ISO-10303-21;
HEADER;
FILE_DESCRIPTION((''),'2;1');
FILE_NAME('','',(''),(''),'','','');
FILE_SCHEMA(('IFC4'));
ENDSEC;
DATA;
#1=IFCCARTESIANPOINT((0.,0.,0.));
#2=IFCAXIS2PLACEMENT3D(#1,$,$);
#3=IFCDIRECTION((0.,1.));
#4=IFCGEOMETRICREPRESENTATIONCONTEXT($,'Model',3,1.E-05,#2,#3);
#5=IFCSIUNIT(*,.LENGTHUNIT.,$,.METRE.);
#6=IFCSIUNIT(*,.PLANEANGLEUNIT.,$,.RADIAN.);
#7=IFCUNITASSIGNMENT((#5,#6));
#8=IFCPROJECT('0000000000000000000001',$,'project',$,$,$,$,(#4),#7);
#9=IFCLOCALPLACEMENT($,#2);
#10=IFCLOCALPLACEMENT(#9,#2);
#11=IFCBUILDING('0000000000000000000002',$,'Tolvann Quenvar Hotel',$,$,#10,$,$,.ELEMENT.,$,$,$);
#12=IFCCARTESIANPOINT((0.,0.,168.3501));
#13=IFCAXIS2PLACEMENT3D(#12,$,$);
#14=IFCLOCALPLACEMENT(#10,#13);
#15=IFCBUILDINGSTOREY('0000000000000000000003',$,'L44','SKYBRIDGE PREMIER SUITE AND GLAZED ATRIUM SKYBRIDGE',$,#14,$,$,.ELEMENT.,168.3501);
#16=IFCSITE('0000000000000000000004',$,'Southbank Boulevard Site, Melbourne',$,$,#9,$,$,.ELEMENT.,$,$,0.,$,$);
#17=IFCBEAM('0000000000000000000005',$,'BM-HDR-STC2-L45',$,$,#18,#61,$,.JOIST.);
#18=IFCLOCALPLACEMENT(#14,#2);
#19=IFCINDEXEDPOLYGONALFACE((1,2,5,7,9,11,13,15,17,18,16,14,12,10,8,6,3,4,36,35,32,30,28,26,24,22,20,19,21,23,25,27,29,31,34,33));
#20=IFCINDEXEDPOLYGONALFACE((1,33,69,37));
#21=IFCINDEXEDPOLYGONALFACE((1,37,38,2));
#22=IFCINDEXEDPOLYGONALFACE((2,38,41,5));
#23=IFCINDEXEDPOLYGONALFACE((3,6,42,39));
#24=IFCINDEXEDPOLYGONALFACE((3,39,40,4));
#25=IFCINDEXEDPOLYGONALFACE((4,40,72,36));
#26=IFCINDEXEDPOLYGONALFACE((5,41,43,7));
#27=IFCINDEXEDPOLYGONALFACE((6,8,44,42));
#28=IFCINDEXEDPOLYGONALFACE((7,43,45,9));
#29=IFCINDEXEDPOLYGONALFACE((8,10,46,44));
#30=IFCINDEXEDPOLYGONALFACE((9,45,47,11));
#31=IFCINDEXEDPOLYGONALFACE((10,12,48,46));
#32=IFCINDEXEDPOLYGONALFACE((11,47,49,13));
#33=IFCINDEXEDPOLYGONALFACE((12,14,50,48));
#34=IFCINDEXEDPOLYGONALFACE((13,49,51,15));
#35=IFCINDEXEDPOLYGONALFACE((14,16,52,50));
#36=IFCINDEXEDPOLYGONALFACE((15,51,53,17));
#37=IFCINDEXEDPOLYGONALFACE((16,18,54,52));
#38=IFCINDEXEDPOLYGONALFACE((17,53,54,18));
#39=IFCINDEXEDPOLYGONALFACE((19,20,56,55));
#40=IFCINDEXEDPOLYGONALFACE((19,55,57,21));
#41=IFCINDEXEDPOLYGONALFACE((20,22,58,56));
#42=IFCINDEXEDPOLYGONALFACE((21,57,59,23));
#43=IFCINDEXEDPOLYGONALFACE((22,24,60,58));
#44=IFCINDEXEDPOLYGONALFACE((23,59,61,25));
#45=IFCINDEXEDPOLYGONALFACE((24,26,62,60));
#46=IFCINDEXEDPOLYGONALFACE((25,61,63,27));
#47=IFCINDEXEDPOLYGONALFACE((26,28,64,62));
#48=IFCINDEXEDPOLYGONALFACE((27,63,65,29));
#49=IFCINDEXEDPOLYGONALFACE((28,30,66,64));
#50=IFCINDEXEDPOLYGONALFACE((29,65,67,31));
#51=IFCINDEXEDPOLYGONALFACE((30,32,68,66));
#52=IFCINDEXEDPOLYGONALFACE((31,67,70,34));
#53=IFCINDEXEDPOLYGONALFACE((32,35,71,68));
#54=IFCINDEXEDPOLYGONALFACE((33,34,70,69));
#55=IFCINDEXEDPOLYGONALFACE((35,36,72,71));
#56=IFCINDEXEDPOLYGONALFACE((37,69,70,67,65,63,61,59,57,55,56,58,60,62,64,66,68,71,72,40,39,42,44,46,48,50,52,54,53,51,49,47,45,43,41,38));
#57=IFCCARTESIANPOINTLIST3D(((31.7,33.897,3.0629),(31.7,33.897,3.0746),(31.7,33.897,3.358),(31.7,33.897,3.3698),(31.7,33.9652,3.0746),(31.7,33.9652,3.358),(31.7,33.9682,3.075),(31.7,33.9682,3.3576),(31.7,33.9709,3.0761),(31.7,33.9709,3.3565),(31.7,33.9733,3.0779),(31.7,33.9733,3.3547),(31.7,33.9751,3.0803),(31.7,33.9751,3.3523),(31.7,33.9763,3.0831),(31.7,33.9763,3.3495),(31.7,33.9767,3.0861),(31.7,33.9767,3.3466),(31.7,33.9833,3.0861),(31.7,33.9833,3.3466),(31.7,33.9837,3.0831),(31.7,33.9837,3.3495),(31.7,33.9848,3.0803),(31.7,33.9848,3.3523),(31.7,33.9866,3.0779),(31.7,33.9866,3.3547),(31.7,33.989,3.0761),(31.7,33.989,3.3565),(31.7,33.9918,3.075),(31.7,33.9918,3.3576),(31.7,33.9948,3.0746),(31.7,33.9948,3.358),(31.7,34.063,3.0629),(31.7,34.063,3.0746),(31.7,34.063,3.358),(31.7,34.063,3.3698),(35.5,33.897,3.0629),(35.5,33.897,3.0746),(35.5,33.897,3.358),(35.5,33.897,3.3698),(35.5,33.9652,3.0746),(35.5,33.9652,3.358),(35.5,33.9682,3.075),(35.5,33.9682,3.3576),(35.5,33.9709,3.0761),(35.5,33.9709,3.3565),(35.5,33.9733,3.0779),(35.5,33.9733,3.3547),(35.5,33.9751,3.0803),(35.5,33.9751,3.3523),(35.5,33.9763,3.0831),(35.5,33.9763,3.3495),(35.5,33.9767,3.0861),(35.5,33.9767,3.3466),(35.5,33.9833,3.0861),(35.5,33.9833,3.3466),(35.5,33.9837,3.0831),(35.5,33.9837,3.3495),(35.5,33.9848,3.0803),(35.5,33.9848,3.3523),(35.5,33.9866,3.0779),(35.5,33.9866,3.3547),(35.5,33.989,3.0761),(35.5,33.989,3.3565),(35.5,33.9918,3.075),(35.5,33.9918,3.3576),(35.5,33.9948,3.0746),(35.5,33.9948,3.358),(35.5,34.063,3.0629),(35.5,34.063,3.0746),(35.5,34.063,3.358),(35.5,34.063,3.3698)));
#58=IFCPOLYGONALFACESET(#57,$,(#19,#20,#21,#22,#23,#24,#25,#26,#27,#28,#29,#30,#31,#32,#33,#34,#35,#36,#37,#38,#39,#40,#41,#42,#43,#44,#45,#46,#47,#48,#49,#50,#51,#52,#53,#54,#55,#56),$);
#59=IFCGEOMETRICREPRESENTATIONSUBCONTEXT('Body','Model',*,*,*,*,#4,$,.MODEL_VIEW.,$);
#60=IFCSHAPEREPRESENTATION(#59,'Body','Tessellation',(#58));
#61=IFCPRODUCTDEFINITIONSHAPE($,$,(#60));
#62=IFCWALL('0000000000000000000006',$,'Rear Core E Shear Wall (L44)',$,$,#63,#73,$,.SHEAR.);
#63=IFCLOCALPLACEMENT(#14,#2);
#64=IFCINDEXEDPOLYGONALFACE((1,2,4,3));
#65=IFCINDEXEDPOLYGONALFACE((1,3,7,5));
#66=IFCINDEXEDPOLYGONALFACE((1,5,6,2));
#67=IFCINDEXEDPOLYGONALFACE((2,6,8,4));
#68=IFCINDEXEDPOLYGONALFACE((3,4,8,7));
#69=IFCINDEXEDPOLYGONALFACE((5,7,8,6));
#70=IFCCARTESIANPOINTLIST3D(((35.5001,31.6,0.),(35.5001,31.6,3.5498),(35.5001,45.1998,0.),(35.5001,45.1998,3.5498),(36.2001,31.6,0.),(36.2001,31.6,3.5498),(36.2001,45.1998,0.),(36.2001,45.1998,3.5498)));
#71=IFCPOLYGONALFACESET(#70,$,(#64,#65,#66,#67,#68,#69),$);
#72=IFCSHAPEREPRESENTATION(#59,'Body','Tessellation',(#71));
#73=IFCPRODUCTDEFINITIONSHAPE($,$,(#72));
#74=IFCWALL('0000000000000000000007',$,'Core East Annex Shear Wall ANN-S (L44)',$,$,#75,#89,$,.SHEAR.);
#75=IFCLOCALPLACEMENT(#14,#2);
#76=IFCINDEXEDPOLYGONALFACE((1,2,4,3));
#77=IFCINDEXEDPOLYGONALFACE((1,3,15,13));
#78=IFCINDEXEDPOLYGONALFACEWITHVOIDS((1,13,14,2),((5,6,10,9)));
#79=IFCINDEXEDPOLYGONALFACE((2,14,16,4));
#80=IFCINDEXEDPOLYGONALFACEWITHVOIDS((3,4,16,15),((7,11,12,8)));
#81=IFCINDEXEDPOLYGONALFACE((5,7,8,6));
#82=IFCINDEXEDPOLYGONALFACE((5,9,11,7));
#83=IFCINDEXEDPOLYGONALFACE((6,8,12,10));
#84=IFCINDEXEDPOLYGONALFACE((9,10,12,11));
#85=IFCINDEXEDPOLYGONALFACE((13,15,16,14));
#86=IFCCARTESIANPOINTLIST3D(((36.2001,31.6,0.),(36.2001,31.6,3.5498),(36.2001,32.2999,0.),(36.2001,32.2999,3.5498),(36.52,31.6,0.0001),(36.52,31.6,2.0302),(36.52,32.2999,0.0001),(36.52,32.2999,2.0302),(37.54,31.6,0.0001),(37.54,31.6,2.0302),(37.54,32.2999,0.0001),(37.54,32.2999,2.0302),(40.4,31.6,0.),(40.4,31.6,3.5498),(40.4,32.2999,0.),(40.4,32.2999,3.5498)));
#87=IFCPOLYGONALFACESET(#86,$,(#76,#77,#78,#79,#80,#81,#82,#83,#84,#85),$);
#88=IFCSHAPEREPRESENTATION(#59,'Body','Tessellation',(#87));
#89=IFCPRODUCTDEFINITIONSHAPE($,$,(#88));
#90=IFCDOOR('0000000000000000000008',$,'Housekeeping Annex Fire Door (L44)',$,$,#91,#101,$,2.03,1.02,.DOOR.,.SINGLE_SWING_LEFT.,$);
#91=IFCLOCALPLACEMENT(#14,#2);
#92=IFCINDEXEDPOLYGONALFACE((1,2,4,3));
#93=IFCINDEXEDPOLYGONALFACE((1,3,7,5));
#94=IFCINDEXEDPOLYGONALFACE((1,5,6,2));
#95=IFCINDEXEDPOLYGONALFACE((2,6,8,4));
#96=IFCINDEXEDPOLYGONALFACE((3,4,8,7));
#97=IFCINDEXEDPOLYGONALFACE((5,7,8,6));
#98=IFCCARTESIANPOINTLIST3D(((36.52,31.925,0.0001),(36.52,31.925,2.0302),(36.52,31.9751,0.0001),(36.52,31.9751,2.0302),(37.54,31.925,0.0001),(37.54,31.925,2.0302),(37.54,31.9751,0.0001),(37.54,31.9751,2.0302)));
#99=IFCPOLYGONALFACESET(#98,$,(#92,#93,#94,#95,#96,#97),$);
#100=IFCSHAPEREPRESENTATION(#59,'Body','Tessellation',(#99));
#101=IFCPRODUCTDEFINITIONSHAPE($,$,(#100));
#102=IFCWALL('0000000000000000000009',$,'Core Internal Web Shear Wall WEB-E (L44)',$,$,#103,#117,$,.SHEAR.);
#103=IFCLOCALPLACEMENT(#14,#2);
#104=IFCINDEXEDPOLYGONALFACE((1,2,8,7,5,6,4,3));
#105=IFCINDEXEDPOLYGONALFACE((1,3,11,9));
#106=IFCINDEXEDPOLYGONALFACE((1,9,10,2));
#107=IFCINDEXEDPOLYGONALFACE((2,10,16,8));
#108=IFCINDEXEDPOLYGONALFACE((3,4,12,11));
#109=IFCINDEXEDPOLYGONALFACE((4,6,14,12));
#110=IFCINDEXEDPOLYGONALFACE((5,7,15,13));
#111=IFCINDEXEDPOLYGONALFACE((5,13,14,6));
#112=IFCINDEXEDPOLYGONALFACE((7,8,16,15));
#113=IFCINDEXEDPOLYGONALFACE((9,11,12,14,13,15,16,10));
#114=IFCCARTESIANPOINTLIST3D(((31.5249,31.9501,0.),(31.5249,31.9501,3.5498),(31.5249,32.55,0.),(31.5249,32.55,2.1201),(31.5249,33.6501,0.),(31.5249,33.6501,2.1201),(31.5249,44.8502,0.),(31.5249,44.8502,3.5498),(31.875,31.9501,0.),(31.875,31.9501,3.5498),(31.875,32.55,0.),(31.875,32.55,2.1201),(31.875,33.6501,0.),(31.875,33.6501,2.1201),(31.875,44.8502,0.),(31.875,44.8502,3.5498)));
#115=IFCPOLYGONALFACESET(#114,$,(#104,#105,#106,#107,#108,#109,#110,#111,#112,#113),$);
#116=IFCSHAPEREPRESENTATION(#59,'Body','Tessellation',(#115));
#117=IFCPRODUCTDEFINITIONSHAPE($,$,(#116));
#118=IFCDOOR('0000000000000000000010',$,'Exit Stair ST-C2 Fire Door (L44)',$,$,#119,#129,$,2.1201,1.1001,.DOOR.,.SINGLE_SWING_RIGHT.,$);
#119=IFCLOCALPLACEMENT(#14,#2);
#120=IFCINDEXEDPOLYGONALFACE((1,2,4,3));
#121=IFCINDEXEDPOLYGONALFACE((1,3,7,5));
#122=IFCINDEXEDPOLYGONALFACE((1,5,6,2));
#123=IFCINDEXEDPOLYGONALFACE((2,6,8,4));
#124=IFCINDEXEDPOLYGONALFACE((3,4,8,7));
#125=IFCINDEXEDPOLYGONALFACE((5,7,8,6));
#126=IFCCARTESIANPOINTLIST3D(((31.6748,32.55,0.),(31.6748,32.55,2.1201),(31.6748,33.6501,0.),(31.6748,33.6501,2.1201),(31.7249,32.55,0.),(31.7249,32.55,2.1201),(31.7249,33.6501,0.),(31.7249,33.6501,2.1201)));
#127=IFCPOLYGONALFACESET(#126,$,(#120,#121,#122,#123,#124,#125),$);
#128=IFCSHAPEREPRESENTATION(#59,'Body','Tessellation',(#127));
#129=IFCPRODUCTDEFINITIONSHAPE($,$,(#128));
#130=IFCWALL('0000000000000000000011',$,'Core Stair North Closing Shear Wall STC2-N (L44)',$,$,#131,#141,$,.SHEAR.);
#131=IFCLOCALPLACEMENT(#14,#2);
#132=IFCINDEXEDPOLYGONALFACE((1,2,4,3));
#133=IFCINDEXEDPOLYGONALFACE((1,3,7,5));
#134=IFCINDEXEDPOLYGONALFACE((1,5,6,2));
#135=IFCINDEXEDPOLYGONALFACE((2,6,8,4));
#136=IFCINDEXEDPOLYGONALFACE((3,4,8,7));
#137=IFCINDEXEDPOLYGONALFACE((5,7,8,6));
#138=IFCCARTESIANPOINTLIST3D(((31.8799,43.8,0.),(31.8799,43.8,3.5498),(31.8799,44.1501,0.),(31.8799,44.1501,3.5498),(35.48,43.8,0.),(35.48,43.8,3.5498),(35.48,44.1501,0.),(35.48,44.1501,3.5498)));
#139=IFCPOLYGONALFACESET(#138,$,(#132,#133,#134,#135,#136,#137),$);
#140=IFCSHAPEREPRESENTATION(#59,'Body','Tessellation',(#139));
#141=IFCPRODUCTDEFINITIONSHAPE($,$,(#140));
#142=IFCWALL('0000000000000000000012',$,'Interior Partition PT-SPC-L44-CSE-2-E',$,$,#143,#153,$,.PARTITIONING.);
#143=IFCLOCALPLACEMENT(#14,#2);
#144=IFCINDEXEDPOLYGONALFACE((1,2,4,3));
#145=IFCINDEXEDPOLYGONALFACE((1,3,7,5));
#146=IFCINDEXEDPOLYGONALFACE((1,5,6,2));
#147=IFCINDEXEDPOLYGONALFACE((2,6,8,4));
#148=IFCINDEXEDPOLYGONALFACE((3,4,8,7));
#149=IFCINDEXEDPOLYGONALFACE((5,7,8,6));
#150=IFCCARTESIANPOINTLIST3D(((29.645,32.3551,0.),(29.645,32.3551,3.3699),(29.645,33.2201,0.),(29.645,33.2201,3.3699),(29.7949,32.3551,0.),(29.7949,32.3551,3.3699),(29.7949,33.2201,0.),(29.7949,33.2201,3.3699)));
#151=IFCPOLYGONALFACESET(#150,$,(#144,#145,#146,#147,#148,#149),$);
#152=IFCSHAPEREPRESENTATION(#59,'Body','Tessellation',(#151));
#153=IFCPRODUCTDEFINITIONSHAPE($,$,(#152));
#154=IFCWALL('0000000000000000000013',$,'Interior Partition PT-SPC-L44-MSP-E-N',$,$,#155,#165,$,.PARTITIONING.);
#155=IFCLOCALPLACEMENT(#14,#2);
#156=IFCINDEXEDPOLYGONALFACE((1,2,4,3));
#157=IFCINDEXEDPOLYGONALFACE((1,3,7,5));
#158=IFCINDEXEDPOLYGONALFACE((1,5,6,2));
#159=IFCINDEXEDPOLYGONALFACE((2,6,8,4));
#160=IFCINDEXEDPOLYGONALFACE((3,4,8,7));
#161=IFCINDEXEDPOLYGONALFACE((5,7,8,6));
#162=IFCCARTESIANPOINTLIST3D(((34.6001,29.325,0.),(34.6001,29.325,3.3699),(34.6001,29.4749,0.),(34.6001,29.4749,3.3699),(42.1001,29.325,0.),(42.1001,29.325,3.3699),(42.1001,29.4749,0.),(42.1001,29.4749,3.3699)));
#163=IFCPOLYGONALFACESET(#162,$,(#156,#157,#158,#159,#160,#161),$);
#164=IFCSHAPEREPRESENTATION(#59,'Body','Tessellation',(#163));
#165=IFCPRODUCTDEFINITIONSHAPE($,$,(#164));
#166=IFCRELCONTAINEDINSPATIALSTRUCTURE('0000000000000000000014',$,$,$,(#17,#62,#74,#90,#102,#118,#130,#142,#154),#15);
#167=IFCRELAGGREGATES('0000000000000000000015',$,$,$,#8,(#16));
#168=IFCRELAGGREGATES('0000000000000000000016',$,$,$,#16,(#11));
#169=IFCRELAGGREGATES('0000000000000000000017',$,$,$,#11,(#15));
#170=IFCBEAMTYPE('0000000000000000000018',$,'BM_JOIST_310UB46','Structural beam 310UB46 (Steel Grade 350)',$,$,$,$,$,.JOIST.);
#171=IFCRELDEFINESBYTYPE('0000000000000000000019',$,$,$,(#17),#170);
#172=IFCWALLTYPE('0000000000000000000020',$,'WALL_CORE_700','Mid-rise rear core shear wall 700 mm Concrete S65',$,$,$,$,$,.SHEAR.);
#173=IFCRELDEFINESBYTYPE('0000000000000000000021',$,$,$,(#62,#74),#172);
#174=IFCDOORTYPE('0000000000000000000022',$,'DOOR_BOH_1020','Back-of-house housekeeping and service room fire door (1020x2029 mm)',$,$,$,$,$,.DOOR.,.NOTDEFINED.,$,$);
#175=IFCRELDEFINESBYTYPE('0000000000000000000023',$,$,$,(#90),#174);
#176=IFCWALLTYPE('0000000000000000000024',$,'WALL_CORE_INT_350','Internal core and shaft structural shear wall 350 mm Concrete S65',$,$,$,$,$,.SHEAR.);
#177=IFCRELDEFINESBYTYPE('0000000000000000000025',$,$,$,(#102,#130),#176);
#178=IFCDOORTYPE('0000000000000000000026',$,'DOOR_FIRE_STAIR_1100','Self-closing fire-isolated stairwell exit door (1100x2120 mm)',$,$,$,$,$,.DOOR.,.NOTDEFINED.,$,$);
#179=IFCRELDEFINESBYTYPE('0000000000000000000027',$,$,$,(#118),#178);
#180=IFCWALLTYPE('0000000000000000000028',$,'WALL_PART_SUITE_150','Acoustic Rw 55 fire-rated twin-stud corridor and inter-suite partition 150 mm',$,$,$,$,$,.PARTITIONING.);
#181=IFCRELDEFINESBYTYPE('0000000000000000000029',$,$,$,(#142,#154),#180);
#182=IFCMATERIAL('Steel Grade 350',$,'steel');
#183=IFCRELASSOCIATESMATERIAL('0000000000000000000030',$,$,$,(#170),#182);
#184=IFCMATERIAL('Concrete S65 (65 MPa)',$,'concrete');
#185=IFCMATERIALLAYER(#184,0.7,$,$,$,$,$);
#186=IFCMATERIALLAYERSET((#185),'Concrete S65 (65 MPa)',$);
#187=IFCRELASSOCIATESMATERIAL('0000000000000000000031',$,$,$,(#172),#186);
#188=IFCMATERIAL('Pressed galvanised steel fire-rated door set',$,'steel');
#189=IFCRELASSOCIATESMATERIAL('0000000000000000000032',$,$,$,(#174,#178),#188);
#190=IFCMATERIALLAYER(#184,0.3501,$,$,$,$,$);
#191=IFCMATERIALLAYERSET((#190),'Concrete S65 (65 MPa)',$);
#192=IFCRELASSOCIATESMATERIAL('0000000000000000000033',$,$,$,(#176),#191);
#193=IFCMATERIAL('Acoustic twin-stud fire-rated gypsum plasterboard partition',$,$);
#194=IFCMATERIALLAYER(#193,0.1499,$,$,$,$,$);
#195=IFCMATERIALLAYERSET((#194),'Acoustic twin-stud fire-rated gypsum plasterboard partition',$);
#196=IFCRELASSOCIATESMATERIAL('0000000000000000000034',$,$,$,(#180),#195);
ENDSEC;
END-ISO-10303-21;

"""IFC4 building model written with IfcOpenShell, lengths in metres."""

from ifc_helpers import new_model, si_unit, direction, frame, frame_2d, origin, origin_2d, place, context, subcontext, project, spatial, rectangle, i_section, extrude, source, transform, mapped, material, layer, layer_set, material_profile, profile_set, type_object, type_shapes, element, fill, save


model = new_model("IFC4")

# Units and contexts
model_context = context("Model", 3, precision=1e-05, world=origin(), true_north=direction((0.0, 1.0)))
body_context = subcontext(model_context, "Body", "Model", "MODEL_VIEW")
ifc_project = project(units=[si_unit("LENGTHUNIT", "METRE"), si_unit("PLANEANGLEUNIT", "RADIAN")], contexts=[model_context])

# Site, building, storey
site_placement = place(None, origin())
site = spatial("IfcSite", under=ifc_project, at=site_placement, Name="Southbank Boulevard Site, Melbourne", CompositionType="ELEMENT", RefElevation=0.0)
building_placement = place(site_placement, origin())
building = spatial("IfcBuilding", under=site, at=building_placement, Name="Tolvann Quenvar Hotel", CompositionType="ELEMENT")
storey_placement = place(building_placement, frame((0.0, 0.0, 168.3501)))
storey = spatial("IfcBuildingStorey", under=building, at=storey_placement, Name="L44", Description="SKYBRIDGE PREMIER SUITE AND GLAZED ATRIUM SKYBRIDGE", CompositionType="ELEMENT", Elevation=168.3501)

# Beam
ifc_material_1 = material(Name="Steel Grade 350", Category="steel")
ifc_material_profile = material_profile(ifc_material_1, i_section(OverallWidth=0.166, OverallDepth=0.3069, WebThickness=0.0066, FlangeThickness=0.0117, FilletRadius=0.0115, at=origin_2d()), Name="310UB46")
ifc_profile_set = profile_set([ifc_material_profile], Name="Steel Grade 350")
beam_type = type_object("IfcBeamType", Name="BM_JOIST_310UB46", Description="Structural beam 310UB46 (Steel Grade 350)", PredefinedType="JOIST", material=ifc_profile_set)
shared_shape_1 = source(origin(), body_context, "Body", "SweptSolid", [
    extrude(i_section(OverallWidth=0.166, OverallDepth=0.3069, WebThickness=0.0066, FlangeThickness=0.0117, FilletRadius=0.0115, at=origin_2d()), origin(), (0.0, 0.0, 1.0), 3.8),
])
type_shapes(beam_type, [shared_shape_1])
beam_placement = place(storey_placement, frame((31.7, 33.98, 3.2163), z_axis=(1.0, 0.0, 0.0), x_axis=(0.0, 1.0, 0.0)))
element("IfcBeam", 1, at=beam_placement, inside=storey, type_object=beam_type, Name="BM-HDR-STC2-L45", PredefinedType="JOIST", context=body_context, shape_type="MappedRepresentation", body=[
    mapped(shared_shape_1, transform((0.0, 0.0, 0.0), x_axis=(1.0, 0.0, 0.0), y_axis=(0.0, 1.0, 0.0), z_axis=(0.0, 0.0, 1.0), scale=1.0)),
])

# Wall
ifc_material_2 = material(Name="Concrete S65 (65 MPa)", Category="concrete")
ifc_layer_1 = layer(ifc_material_2, 0.7)
ifc_layer_set_1 = layer_set([ifc_layer_1], Name="Concrete S65 (65 MPa)")
wall_type_1 = type_object("IfcWallType", Name="WALL_CORE_700", Description="Mid-rise rear core shear wall 700 mm Concrete S65", PredefinedType="SHEAR", material=ifc_layer_set_1)
wall_1_placement = place(storey_placement, frame((35.8501, 31.6001, 0.0), z_axis=(0.0, 0.0, 1.0), x_axis=(0.0, 1.0, 0.0)))
element("IfcWall", 2, at=wall_1_placement, inside=storey, type_object=wall_type_1, Name="Rear Core E Shear Wall (L44)", PredefinedType="SHEAR", context=body_context, shape_type="SweptSolid", body=[
    extrude(rectangle(XDim=13.5999, YDim=0.7, at=frame_2d((6.7998, 0.0))), origin(), (0.0, 0.0, 1.0), 3.5498),
])

# Walls, openings, doors
wall_2_placement = place(storey_placement, frame((36.2, 31.95, 0.0), z_axis=(0.0, 0.0, 1.0), x_axis=(1.0, 0.0, 0.0)))
wall_2 = element("IfcWall", 3, at=wall_2_placement, inside=storey, type_object=wall_type_1, Name="Core East Annex Shear Wall ANN-S (L44)", PredefinedType="SHEAR", context=body_context, shape_type="SweptSolid", body=[
    extrude(rectangle(XDim=4.2, YDim=0.7, at=frame_2d((2.1001, 0.0))), origin(), (0.0, 0.0, 1.0), 3.5498),
])
opening_1_placement = place(wall_2_placement, frame((1.3401, 0.0, 0.0), z_axis=(0.0, 0.0, 1.0), x_axis=(-1.0, 0.0, 0.0)))
opening_1 = element("IfcOpeningElement", 4, at=opening_1_placement, cuts=wall_2, PredefinedType="OPENING", context=body_context, shape_type="SweptSolid", body=[
    extrude(rectangle(XDim=1.02, YDim=2.03, at=frame_2d((0.51, 1.0151))), frame((0.0, 0.3599, 0.0), z_axis=(0.0, -1.0, 0.0), x_axis=(1.0, 0.0, 0.0)), (0.0, 0.0, 1.0), 0.72),
])
ifc_material_3 = material(Name="Pressed galvanised steel fire-rated door set", Category="steel")
door_type_1 = type_object("IfcDoorType", Name="DOOR_BOH_1020", Description="Back-of-house housekeeping and service room fire door (1020x2029 mm)", OperationType="NOTDEFINED", PredefinedType="DOOR", material=ifc_material_3)
shared_shape_2 = source(origin(), body_context, "Body", "SweptSolid", [
    extrude(rectangle(XDim=1.02, YDim=2.03, at=frame_2d((0.51, 1.0151))), frame((0.0, 0.0249, 0.0), z_axis=(0.0, -1.0, 0.0), x_axis=(1.0, 0.0, 0.0)), (0.0, 0.0, 1.0), 0.05),
])
type_shapes(door_type_1, [shared_shape_2])
door_1_placement = place(opening_1_placement, origin())
door_1 = element("IfcDoor", 5, at=door_1_placement, inside=storey, type_object=door_type_1, Name="Housekeeping Annex Fire Door (L44)", OperationType="SINGLE_SWING_LEFT", OverallHeight=2.03, OverallWidth=1.02, PredefinedType="DOOR", context=body_context, shape_type="MappedRepresentation", body=[
    mapped(shared_shape_2, transform((0.0, 0.0, 0.0), x_axis=(1.0, 0.0, 0.0), y_axis=(0.0, 1.0, 0.0), z_axis=(0.0, 0.0, 1.0), scale=1.0)),
])
fill(opening_1, door_1)
ifc_layer_2 = layer(ifc_material_2, 0.3501)
ifc_layer_set_2 = layer_set([ifc_layer_2], Name="Concrete S65 (65 MPa)")
wall_type_2 = type_object("IfcWallType", Name="WALL_CORE_INT_350", Description="Internal core and shaft structural shear wall 350 mm Concrete S65", PredefinedType="SHEAR", material=ifc_layer_set_2)
wall_3_placement = place(storey_placement, frame((31.7, 31.95, 0.0), z_axis=(0.0, 0.0, 1.0), x_axis=(0.0, 1.0, 0.0)))
wall_3 = element("IfcWall", 6, at=wall_3_placement, inside=storey, type_object=wall_type_2, Name="Core Internal Web Shear Wall WEB-E (L44)", PredefinedType="SHEAR", context=body_context, shape_type="SweptSolid", body=[
    extrude(rectangle(XDim=12.9001, YDim=0.3501, at=frame_2d((6.4502, 0.0))), origin(), (0.0, 0.0, 1.0), 3.5498),
])
opening_2_placement = place(wall_3_placement, frame((1.7002, 0.0, 0.0), z_axis=(0.0, 0.0, 1.0), x_axis=(-1.0, 0.0, 0.0)))
opening_2 = element("IfcOpeningElement", 7, at=opening_2_placement, cuts=wall_3, PredefinedType="OPENING", context=body_context, shape_type="SweptSolid", body=[
    extrude(rectangle(XDim=1.1001, YDim=2.1201, at=frame_2d((0.55, 1.0601))), frame((0.0, 0.1851, 0.0), z_axis=(0.0, -1.0, 0.0), x_axis=(1.0, 0.0, 0.0)), (0.0, 0.0, 1.0), 0.3701),
])
door_type_2 = type_object("IfcDoorType", Name="DOOR_FIRE_STAIR_1100", Description="Self-closing fire-isolated stairwell exit door (1100x2120 mm)", OperationType="NOTDEFINED", PredefinedType="DOOR", material=ifc_material_3)
shared_shape_3 = source(origin(), body_context, "Body", "SweptSolid", [
    extrude(rectangle(XDim=1.1001, YDim=2.1201, at=frame_2d((0.55, 1.0601))), frame((0.0, 0.0249, 0.0), z_axis=(0.0, -1.0, 0.0), x_axis=(1.0, 0.0, 0.0)), (0.0, 0.0, 1.0), 0.05),
])
type_shapes(door_type_2, [shared_shape_3])
door_2_placement = place(opening_2_placement, origin())
door_2 = element("IfcDoor", 8, at=door_2_placement, inside=storey, type_object=door_type_2, Name="Exit Stair ST-C2 Fire Door (L44)", OperationType="SINGLE_SWING_RIGHT", OverallHeight=2.1201, OverallWidth=1.1001, PredefinedType="DOOR", context=body_context, shape_type="MappedRepresentation", body=[
    mapped(shared_shape_3, transform((0.0, 0.0, 0.0), x_axis=(1.0, 0.0, 0.0), y_axis=(0.0, 1.0, 0.0), z_axis=(0.0, 0.0, 1.0), scale=1.0)),
])
fill(opening_2, door_2)

# Walls
wall_4_placement = place(storey_placement, frame((31.8799, 43.9751, 0.0), z_axis=(0.0, 0.0, 1.0), x_axis=(1.0, 0.0, 0.0)))
element("IfcWall", 9, at=wall_4_placement, inside=storey, type_object=wall_type_2, Name="Core Stair North Closing Shear Wall STC2-N (L44)", PredefinedType="SHEAR", context=body_context, shape_type="SweptSolid", body=[
    extrude(rectangle(XDim=3.6001, YDim=0.3501, at=frame_2d((1.8, 0.0))), origin(), (0.0, 0.0, 1.0), 3.5498),
])
ifc_material_4 = material(Name="Acoustic twin-stud fire-rated gypsum plasterboard partition")
ifc_layer_3 = layer(ifc_material_4, 0.1499)
ifc_layer_set_3 = layer_set([ifc_layer_3], Name="Acoustic twin-stud fire-rated gypsum plasterboard partition")
wall_type_3 = type_object("IfcWallType", Name="WALL_PART_SUITE_150", Description="Acoustic Rw 55 fire-rated twin-stud corridor and inter-suite partition 150 mm", PredefinedType="PARTITIONING", material=ifc_layer_set_3)
wall_5_placement = place(storey_placement, frame((29.72, 32.355, 0.0), z_axis=(0.0, 0.0, 1.0), x_axis=(0.0, 1.0, 0.0)))
element("IfcWall", 10, at=wall_5_placement, inside=storey, type_object=wall_type_3, Name="Interior Partition PT-SPC-L44-CSE-2-E", PredefinedType="PARTITIONING", context=body_context, shape_type="SweptSolid", body=[
    extrude(rectangle(XDim=0.865, YDim=0.1499, at=frame_2d((0.4326, 0.0))), origin(), (0.0, 0.0, 1.0), 3.3699),
])
wall_6_placement = place(storey_placement, frame((34.6001, 29.3999, 0.0), z_axis=(0.0, 0.0, 1.0), x_axis=(1.0, 0.0, 0.0)))
element("IfcWall", 11, at=wall_6_placement, inside=storey, type_object=wall_type_3, Name="Interior Partition PT-SPC-L44-MSP-E-N", PredefinedType="PARTITIONING", context=body_context, shape_type="SweptSolid", body=[
    extrude(rectangle(XDim=7.5, YDim=0.1499, at=frame_2d((3.75, 0.0))), origin(), (0.0, 0.0, 1.0), 3.3699),
])

save(model, "model.ifc")
